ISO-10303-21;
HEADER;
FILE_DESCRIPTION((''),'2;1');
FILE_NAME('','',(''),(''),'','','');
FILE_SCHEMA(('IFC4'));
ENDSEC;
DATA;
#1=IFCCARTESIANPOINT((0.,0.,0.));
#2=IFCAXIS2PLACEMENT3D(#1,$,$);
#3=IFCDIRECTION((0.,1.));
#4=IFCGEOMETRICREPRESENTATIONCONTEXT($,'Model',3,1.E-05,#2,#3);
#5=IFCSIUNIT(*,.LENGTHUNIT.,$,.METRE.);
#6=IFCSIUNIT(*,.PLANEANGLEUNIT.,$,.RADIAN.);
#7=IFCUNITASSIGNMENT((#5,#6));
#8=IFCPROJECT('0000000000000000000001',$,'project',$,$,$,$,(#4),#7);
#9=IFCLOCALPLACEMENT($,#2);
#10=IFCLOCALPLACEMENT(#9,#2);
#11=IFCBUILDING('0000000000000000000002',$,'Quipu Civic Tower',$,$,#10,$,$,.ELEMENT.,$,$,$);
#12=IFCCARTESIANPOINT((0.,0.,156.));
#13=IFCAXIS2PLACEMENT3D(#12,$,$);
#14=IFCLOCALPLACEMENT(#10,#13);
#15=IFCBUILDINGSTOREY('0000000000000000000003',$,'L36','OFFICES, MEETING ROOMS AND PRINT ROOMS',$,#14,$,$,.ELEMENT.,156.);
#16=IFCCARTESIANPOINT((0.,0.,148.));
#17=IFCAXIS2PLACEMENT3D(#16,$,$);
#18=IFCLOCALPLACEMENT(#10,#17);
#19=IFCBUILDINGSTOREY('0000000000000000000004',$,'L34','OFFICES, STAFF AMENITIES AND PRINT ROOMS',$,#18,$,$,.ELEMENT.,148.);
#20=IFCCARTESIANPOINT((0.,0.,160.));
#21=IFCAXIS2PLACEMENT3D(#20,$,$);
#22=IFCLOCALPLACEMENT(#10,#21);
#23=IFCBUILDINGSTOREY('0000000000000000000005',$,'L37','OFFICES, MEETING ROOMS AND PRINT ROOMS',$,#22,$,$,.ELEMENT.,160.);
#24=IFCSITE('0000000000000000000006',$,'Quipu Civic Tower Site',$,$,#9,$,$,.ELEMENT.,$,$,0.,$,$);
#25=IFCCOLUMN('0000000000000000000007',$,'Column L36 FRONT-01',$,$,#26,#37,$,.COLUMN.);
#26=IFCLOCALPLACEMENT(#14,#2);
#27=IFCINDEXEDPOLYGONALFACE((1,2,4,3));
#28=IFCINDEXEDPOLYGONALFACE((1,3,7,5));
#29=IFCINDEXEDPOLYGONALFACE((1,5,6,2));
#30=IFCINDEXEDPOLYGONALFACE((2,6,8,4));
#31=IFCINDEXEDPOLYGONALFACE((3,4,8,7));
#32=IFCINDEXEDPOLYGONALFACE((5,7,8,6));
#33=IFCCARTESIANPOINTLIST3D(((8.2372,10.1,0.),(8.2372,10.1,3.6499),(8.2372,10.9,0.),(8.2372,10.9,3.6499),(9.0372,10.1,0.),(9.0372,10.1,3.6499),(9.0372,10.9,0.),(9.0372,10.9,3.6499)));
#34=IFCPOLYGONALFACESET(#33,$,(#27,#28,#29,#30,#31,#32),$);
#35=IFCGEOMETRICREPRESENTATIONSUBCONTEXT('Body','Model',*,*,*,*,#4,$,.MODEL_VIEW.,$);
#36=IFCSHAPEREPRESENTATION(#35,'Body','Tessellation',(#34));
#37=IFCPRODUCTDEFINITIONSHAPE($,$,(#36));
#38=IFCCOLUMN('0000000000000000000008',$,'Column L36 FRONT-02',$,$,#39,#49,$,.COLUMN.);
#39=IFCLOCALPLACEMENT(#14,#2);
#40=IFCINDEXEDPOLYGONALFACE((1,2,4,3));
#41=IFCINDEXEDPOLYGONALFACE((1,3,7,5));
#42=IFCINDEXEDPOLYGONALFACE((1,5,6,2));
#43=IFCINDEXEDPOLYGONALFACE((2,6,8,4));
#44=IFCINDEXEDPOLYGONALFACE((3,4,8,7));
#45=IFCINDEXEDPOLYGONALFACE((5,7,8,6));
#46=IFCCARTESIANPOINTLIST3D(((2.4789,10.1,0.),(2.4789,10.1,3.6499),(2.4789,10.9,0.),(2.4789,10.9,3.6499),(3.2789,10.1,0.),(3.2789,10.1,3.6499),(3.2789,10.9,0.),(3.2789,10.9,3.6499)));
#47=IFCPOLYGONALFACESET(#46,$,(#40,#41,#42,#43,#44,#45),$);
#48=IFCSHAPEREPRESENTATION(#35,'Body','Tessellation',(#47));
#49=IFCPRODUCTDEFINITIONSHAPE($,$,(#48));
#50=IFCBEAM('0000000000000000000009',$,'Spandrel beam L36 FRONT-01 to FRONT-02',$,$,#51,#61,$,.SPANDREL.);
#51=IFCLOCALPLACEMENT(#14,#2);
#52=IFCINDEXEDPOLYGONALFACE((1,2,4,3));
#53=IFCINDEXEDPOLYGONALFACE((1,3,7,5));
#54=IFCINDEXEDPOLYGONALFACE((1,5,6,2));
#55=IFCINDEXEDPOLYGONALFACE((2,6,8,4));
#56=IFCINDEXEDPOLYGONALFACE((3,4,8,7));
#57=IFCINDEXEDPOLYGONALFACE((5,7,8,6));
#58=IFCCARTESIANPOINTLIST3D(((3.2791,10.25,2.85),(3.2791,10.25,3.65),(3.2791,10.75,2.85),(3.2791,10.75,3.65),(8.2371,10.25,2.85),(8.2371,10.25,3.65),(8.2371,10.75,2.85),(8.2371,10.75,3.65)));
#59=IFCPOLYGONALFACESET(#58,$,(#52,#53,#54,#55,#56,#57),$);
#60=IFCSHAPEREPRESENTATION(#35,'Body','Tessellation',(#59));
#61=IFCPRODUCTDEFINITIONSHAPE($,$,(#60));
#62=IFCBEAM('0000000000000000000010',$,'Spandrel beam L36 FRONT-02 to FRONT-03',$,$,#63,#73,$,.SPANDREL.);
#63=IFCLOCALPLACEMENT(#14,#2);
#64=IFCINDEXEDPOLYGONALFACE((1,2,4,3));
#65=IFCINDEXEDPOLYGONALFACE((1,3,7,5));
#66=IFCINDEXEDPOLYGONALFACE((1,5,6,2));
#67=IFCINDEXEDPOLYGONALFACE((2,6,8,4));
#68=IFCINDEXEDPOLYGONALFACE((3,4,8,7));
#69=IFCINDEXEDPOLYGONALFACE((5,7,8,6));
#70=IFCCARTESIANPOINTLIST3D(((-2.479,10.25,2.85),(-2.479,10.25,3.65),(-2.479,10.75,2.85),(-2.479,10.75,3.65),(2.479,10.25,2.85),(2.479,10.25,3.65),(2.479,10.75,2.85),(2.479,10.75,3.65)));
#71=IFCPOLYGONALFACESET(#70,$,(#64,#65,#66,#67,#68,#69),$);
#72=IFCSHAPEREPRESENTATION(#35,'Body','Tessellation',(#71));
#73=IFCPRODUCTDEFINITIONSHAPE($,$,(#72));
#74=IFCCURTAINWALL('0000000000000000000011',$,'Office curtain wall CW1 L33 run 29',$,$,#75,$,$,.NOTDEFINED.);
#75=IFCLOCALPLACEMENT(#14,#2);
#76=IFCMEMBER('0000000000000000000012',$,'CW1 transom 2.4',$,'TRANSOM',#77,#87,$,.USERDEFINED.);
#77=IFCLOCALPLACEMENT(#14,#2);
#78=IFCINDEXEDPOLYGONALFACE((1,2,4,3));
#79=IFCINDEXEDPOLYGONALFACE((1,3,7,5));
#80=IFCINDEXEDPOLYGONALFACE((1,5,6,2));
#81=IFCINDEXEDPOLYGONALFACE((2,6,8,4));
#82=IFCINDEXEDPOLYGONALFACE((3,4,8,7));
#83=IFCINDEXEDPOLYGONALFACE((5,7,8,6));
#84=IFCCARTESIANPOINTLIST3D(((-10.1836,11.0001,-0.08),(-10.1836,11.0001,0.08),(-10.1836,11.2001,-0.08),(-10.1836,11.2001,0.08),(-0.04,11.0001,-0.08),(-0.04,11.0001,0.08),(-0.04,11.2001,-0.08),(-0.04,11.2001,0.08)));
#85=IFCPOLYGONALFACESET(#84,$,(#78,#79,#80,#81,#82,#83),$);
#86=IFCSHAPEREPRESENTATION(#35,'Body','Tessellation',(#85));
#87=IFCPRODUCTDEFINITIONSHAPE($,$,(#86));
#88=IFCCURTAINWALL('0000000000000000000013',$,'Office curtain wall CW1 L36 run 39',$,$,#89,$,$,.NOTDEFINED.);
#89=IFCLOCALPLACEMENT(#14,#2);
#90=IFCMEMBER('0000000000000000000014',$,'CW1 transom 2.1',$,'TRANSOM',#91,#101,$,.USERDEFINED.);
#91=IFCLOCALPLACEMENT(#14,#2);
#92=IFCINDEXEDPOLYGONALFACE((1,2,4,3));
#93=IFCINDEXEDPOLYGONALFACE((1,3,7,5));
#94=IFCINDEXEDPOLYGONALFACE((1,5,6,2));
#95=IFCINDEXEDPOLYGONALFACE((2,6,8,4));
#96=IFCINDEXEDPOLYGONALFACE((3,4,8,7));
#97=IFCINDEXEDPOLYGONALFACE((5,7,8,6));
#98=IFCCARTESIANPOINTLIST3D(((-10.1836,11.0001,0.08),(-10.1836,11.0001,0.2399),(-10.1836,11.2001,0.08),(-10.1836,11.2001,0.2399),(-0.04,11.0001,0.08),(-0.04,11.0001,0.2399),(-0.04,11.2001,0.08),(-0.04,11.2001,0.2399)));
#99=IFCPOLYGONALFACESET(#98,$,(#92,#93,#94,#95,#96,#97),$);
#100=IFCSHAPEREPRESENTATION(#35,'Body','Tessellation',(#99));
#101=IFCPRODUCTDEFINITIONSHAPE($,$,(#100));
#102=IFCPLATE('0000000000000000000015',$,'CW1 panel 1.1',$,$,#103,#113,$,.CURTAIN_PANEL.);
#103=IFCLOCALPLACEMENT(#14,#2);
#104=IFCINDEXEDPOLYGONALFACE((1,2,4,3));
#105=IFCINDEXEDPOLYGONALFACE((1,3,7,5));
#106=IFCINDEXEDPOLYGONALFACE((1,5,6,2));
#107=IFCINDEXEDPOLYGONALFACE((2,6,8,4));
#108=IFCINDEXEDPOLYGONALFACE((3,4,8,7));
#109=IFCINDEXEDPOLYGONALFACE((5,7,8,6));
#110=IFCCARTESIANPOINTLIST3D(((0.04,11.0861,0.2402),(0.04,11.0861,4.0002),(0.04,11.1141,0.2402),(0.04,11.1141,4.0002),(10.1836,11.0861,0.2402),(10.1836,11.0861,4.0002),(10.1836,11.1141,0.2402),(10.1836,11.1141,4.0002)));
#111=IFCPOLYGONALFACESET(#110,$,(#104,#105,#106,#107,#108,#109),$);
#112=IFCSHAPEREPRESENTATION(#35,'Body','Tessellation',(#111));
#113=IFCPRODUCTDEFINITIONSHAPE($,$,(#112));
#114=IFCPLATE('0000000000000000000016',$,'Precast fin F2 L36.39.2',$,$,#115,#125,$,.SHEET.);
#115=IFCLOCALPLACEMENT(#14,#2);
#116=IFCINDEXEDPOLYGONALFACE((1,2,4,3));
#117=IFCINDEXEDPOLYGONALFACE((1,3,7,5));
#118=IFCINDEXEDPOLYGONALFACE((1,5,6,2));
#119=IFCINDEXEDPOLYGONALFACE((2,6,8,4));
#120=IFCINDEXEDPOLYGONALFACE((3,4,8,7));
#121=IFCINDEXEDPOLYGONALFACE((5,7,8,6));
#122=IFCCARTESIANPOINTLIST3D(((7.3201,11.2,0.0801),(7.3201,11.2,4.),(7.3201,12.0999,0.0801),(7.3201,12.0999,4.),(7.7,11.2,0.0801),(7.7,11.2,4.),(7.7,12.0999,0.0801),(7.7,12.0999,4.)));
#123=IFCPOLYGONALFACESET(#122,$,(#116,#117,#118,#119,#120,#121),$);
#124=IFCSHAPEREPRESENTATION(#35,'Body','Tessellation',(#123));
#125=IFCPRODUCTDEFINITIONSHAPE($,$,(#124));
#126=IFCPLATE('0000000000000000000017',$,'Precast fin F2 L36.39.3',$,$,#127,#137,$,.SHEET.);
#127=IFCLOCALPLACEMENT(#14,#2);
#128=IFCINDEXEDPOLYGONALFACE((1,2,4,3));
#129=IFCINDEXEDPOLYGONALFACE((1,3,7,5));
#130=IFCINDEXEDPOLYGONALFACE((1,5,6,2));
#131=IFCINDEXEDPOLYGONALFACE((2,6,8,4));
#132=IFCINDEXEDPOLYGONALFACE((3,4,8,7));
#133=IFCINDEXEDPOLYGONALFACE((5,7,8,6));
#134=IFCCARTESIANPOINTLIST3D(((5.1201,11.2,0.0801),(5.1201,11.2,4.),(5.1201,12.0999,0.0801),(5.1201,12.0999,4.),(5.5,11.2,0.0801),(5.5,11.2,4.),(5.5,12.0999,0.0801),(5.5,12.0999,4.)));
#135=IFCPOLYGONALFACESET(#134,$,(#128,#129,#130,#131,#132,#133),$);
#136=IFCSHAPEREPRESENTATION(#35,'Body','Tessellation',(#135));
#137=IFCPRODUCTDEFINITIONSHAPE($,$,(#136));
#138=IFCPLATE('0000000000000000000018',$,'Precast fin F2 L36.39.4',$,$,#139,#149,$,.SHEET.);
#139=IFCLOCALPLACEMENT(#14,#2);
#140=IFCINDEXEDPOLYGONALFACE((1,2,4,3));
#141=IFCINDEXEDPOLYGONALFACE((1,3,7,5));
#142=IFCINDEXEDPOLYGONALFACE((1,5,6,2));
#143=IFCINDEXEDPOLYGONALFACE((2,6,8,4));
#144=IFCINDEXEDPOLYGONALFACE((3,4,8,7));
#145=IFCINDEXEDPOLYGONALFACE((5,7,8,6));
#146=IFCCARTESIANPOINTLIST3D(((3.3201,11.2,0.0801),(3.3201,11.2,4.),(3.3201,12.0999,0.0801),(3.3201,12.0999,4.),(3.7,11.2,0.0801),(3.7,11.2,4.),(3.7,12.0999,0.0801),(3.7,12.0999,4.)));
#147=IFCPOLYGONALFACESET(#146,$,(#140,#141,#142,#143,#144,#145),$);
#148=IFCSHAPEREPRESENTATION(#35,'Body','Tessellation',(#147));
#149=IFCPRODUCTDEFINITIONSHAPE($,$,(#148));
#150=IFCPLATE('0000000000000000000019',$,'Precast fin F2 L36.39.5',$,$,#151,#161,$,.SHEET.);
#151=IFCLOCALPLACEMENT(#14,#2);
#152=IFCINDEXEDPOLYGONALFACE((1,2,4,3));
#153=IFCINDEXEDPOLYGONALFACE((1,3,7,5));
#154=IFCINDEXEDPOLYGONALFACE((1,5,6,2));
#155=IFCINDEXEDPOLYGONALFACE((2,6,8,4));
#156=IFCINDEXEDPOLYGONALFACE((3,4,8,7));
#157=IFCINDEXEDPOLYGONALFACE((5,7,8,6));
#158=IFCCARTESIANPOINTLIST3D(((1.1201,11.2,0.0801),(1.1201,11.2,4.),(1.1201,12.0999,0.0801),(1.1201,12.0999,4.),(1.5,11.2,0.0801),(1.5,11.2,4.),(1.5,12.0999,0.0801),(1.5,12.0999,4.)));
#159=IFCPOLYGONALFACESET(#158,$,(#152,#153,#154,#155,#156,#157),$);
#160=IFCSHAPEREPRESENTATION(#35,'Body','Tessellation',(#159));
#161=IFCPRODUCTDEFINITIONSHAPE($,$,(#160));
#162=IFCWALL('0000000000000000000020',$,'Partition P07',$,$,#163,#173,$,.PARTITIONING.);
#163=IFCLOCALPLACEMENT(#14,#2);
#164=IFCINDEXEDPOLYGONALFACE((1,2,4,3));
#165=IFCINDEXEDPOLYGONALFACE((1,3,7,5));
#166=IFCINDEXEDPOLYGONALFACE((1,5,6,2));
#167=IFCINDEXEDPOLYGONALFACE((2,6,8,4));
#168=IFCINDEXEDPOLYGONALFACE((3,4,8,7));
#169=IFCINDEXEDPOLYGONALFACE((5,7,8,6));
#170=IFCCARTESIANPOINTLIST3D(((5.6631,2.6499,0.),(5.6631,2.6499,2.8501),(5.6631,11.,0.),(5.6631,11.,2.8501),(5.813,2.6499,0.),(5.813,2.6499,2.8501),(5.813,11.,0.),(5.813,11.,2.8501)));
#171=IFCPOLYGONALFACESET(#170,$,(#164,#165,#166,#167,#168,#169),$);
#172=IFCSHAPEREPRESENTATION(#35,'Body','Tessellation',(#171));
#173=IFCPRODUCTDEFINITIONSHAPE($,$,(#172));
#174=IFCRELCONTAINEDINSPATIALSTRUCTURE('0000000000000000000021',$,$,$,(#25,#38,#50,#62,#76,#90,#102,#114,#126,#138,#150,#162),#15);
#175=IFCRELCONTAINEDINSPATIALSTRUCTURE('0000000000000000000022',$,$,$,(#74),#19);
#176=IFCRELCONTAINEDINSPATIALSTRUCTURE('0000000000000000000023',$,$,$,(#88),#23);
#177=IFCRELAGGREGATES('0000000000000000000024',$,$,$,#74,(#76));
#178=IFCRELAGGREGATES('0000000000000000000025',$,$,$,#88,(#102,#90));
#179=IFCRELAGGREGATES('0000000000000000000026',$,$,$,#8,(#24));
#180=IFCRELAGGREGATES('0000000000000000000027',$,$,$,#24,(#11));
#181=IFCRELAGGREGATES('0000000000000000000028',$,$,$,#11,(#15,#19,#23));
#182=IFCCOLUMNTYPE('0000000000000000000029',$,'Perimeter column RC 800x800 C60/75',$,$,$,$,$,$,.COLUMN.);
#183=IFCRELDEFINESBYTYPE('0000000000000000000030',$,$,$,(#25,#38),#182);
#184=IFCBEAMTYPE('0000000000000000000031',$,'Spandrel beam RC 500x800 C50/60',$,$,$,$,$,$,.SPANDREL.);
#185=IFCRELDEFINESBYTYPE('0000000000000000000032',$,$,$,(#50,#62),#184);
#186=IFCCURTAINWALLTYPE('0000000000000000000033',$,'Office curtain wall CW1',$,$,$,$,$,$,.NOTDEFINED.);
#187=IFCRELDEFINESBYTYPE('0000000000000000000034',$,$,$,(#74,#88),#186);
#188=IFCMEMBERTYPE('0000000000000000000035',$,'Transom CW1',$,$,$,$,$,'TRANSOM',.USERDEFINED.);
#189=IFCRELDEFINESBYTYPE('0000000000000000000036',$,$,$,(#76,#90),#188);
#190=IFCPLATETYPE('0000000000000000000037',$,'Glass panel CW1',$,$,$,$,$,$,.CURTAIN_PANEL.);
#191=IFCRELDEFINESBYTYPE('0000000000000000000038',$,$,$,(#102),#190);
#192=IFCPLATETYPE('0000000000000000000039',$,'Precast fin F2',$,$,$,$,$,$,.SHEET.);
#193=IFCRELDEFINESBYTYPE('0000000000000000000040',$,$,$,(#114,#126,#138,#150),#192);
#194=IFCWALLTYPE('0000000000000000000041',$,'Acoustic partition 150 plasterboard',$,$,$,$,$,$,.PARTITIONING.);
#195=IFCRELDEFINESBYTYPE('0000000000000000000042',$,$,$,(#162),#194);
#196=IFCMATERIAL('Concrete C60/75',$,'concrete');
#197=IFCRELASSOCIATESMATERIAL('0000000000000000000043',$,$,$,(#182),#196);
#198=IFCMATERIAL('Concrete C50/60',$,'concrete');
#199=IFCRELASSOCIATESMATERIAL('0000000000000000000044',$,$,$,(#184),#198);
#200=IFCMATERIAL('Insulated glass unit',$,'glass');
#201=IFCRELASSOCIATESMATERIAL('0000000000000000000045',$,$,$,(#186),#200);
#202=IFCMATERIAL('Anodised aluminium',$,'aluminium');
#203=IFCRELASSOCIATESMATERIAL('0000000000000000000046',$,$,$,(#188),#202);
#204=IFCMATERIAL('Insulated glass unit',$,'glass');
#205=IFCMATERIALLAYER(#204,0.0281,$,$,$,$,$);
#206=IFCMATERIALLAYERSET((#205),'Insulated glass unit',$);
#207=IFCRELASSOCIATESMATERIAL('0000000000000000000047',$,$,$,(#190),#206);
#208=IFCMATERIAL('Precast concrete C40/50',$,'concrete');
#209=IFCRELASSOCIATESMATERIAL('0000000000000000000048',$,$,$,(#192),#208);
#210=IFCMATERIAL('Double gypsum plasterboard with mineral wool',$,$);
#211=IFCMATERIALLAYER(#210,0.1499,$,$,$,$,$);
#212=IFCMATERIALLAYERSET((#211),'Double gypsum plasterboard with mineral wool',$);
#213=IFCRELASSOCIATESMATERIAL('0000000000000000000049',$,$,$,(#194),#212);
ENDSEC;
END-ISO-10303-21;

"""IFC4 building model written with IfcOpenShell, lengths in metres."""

from ifc_helpers import new_model, si_unit, direction, frame, frame_2d, origin, origin_2d, place, context, subcontext, project, spatial, rectangle, extrude, material, layer, layer_set, material_profile, profile_set, type_object, element, aggregate, save


model = new_model("IFC4")

# Units and contexts
model_context = context("Model", 3, precision=1e-05, world=origin(), true_north=direction((0.0, 1.0)))
body_context = subcontext(model_context, "Body", "Model", "MODEL_VIEW")
ifc_project = project(units=[si_unit("LENGTHUNIT", "METRE"), si_unit("PLANEANGLEUNIT", "RADIAN")], contexts=[model_context])

# Site, building, storey
site_placement = place(None, origin())
site = spatial("IfcSite", under=ifc_project, at=site_placement, Name="Quipu Civic Tower Site", CompositionType="ELEMENT", RefElevation=0.0)
building_placement = place(site_placement, origin())
building = spatial("IfcBuilding", under=site, at=building_placement, Name="Quipu Civic Tower", CompositionType="ELEMENT")
storey_1_placement = place(building_placement, frame((0.0, 0.0, 156.0)))
storey_1 = spatial("IfcBuildingStorey", under=building, at=storey_1_placement, Name="L36", Description="OFFICES, MEETING ROOMS AND PRINT ROOMS", CompositionType="ELEMENT", Elevation=156.0)

# Columns
ifc_material_1 = material(Name="Concrete C60/75", Category="concrete")
ifc_material_profile_1 = material_profile(ifc_material_1, rectangle(XDim=0.8, YDim=0.8, at=origin_2d()), Name="RC800x800")
ifc_profile_set_1 = profile_set([ifc_material_profile_1], Name="Concrete C60/75")
column_type = type_object("IfcColumnType", Name="Perimeter column RC 800x800 C60/75", PredefinedType="COLUMN", material=ifc_profile_set_1)
for number, where, z_axis, x_axis, name in (
    (1, (8.6372, 10.5, 0.0), (0.0, 0.0, 1.0), (-1.0, 0.0, 0.0), "Column L36 FRONT-01"),
    (2, (2.8789, 10.5, 0.0), (0.0, 0.0, 1.0), (-1.0, 0.0, 0.0), "Column L36 FRONT-02"),
):
    element("IfcColumn", number, at=place(storey_1_placement, frame(where, z_axis=z_axis, x_axis=x_axis)), inside=storey_1, type_object=column_type, Name=name, PredefinedType="COLUMN", context=body_context, shape_type="SweptSolid", body=[
        extrude(rectangle(XDim=0.8, YDim=0.8, at=origin_2d()), origin(), (0.0, 0.0, 1.0), 3.6499),
    ])

# Beams
ifc_material_2 = material(Name="Concrete C50/60", Category="concrete")
ifc_material_profile_2 = material_profile(ifc_material_2, rectangle(XDim=0.5, YDim=0.8, at=origin_2d()), Name="RC500x800")
ifc_profile_set_2 = profile_set([ifc_material_profile_2], Name="Concrete C50/60")
beam_type = type_object("IfcBeamType", Name="Spandrel beam RC 500x800 C50/60", PredefinedType="SPANDREL", material=ifc_profile_set_2)
for number, where, z_axis, x_axis, name in (
    (3, (8.2371, 10.5, 3.25), (-1.0, 0.0, 0.0), (0.0, -1.0, 0.0), "Spandrel beam L36 FRONT-01 to FRONT-02"),
    (4, (2.479, 10.5, 3.25), (-1.0, 0.0, 0.0), (0.0, -1.0, 0.0), "Spandrel beam L36 FRONT-02 to FRONT-03"),
):
    element("IfcBeam", number, at=place(storey_1_placement, frame(where, z_axis=z_axis, x_axis=x_axis)), inside=storey_1, type_object=beam_type, Name=name, PredefinedType="SPANDREL", context=body_context, shape_type="SweptSolid", body=[
        extrude(rectangle(XDim=0.5, YDim=0.8, at=origin_2d()), origin(), (0.0, 0.0, 1.0), 4.958),
    ])

# Shared definitions
storey_2_placement = place(building_placement, frame((0.0, 0.0, 148.0)))
storey_2 = spatial("IfcBuildingStorey", under=building, at=storey_2_placement, Name="L34", Description="OFFICES, STAFF AMENITIES AND PRINT ROOMS", CompositionType="ELEMENT", Elevation=148.0)

# Curtain wall, member
ifc_material_3 = material(Name="Insulated glass unit", Category="glass")
curtain_wall_type = type_object("IfcCurtainWallType", Name="Office curtain wall CW1", PredefinedType="NOTDEFINED", material=ifc_material_3)
curtain_wall_1_placement = place(storey_2_placement, origin())
curtain_wall_1 = element("IfcCurtainWall", 5, at=curtain_wall_1_placement, inside=storey_2, type_object=curtain_wall_type, Name="Office curtain wall CW1 L33 run 29", PredefinedType="NOTDEFINED")
ifc_material_4 = material(Name="Anodised aluminium", Category="aluminium")
ifc_material_profile_3 = material_profile(ifc_material_4, rectangle(XDim=0.2, YDim=0.1599, at=origin_2d()), Name="RECT 200x160")
ifc_profile_set_3 = profile_set([ifc_material_profile_3], Name="Anodised aluminium")
member_type = type_object("IfcMemberType", Name="Transom CW1", ElementType="TRANSOM", PredefinedType="USERDEFINED", material=ifc_profile_set_3)
member_1_placement = place(storey_1_placement, frame((-0.04, 11.1001, 0.0), z_axis=(-1.0, 0.0, 0.0), x_axis=(0.0, -1.0, 0.0)))
member_1 = element("IfcMember", 6, at=member_1_placement, inside=storey_1, type_object=member_type, Name="CW1 transom 2.4", ObjectType="TRANSOM", PredefinedType="USERDEFINED", context=body_context, shape_type="SweptSolid", body=[
    extrude(rectangle(XDim=0.2, YDim=0.1599, at=origin_2d()), origin(), (0.0, 0.0, 1.0), 10.1436),
])
aggregate(curtain_wall_1, [member_1])

# Shared definitions
storey_3_placement = place(building_placement, frame((0.0, 0.0, 160.0)))
storey_3 = spatial("IfcBuildingStorey", under=building, at=storey_3_placement, Name="L37", Description="OFFICES, MEETING ROOMS AND PRINT ROOMS", CompositionType="ELEMENT", Elevation=160.0)

# Curtain wall, member, plate
curtain_wall_2_placement = place(storey_3_placement, origin())
curtain_wall_2 = element("IfcCurtainWall", 7, at=curtain_wall_2_placement, inside=storey_3, type_object=curtain_wall_type, Name="Office curtain wall CW1 L36 run 39", PredefinedType="NOTDEFINED")
member_2_placement = place(storey_1_placement, frame((-0.04, 11.1001, 0.1599), z_axis=(-1.0, 0.0, 0.0), x_axis=(0.0, -1.0, 0.0)))
member_2 = element("IfcMember", 8, at=member_2_placement, inside=storey_1, type_object=member_type, Name="CW1 transom 2.1", ObjectType="TRANSOM", PredefinedType="USERDEFINED", context=body_context, shape_type="SweptSolid", body=[
    extrude(rectangle(XDim=0.2, YDim=0.1599, at=origin_2d()), origin(), (0.0, 0.0, 1.0), 10.1436),
])
ifc_material_5 = material(Name="Insulated glass unit", Category="glass")
ifc_layer_1 = layer(ifc_material_5, 0.0281)
ifc_layer_set_1 = layer_set([ifc_layer_1], Name="Insulated glass unit")
plate_type_1 = type_object("IfcPlateType", Name="Glass panel CW1", PredefinedType="CURTAIN_PANEL", material=ifc_layer_set_1)
plate_placement = place(storey_1_placement, frame((5.1118, 11.1001, 0.2402), z_axis=(0.0, 0.0, 1.0), x_axis=(-1.0, 0.0, 0.0)))
plate = element("IfcPlate", 9, at=plate_placement, inside=storey_1, type_object=plate_type_1, Name="CW1 panel 1.1", PredefinedType="CURTAIN_PANEL", context=body_context, shape_type="SweptSolid", body=[
    extrude(rectangle(XDim=10.1436, YDim=0.0281, at=origin_2d()), origin(), (0.0, 0.0, 1.0), 3.76),
])
aggregate(curtain_wall_2, [plate, member_2])

# Plates
ifc_material_6 = material(Name="Precast concrete C40/50", Category="concrete")
plate_type_2 = type_object("IfcPlateType", Name="Precast fin F2", PredefinedType="SHEET", material=ifc_material_6)
for number, where, z_axis, x_axis, name in (
    (10, (7.51, 11.6499, 0.0801), (0.0, 0.0, 1.0), (-1.0, 0.0, 0.0), "Precast fin F2 L36.39.2"),
    (11, (5.3101, 11.6499, 0.0801), (0.0, 0.0, 1.0), (-1.0, 0.0, 0.0), "Precast fin F2 L36.39.3"),
    (12, (3.51, 11.6499, 0.0801), (0.0, 0.0, 1.0), (-1.0, 0.0, 0.0), "Precast fin F2 L36.39.4"),
    (13, (1.3101, 11.6499, 0.0801), (0.0, 0.0, 1.0), (-1.0, 0.0, 0.0), "Precast fin F2 L36.39.5"),
):
    element("IfcPlate", number, at=place(storey_1_placement, frame(where, z_axis=z_axis, x_axis=x_axis)), inside=storey_1, type_object=plate_type_2, Name=name, PredefinedType="SHEET", context=body_context, shape_type="SweptSolid", body=[
        extrude(rectangle(XDim=0.3799, YDim=0.8999, at=origin_2d()), origin(), (0.0, 0.0, 1.0), 3.9199),
    ])

# Wall
ifc_material_7 = material(Name="Double gypsum plasterboard with mineral wool")
ifc_layer_2 = layer(ifc_material_7, 0.1499)
ifc_layer_set_2 = layer_set([ifc_layer_2], Name="Double gypsum plasterboard with mineral wool")
wall_type_1 = type_object("IfcWallType", Name="Acoustic partition 150 plasterboard", PredefinedType="PARTITIONING", material=ifc_layer_set_2)
wall_1_placement = place(storey_1_placement, frame((5.738, 2.6499, 0.0), z_axis=(0.0, 0.0, 1.0), x_axis=(0.0, 1.0, 0.0)))
element("IfcWall", 14, at=wall_1_placement, inside=storey_1, type_object=wall_type_1, Name="Partition P07", PredefinedType="PARTITIONING", context=body_context, shape_type="SweptSolid", body=[
    extrude(rectangle(XDim=8.3501, YDim=0.1499, at=frame_2d((4.175, 0.0))), origin(), (0.0, 0.0, 1.0), 2.8501),
])

save(model, "model.ifc")
